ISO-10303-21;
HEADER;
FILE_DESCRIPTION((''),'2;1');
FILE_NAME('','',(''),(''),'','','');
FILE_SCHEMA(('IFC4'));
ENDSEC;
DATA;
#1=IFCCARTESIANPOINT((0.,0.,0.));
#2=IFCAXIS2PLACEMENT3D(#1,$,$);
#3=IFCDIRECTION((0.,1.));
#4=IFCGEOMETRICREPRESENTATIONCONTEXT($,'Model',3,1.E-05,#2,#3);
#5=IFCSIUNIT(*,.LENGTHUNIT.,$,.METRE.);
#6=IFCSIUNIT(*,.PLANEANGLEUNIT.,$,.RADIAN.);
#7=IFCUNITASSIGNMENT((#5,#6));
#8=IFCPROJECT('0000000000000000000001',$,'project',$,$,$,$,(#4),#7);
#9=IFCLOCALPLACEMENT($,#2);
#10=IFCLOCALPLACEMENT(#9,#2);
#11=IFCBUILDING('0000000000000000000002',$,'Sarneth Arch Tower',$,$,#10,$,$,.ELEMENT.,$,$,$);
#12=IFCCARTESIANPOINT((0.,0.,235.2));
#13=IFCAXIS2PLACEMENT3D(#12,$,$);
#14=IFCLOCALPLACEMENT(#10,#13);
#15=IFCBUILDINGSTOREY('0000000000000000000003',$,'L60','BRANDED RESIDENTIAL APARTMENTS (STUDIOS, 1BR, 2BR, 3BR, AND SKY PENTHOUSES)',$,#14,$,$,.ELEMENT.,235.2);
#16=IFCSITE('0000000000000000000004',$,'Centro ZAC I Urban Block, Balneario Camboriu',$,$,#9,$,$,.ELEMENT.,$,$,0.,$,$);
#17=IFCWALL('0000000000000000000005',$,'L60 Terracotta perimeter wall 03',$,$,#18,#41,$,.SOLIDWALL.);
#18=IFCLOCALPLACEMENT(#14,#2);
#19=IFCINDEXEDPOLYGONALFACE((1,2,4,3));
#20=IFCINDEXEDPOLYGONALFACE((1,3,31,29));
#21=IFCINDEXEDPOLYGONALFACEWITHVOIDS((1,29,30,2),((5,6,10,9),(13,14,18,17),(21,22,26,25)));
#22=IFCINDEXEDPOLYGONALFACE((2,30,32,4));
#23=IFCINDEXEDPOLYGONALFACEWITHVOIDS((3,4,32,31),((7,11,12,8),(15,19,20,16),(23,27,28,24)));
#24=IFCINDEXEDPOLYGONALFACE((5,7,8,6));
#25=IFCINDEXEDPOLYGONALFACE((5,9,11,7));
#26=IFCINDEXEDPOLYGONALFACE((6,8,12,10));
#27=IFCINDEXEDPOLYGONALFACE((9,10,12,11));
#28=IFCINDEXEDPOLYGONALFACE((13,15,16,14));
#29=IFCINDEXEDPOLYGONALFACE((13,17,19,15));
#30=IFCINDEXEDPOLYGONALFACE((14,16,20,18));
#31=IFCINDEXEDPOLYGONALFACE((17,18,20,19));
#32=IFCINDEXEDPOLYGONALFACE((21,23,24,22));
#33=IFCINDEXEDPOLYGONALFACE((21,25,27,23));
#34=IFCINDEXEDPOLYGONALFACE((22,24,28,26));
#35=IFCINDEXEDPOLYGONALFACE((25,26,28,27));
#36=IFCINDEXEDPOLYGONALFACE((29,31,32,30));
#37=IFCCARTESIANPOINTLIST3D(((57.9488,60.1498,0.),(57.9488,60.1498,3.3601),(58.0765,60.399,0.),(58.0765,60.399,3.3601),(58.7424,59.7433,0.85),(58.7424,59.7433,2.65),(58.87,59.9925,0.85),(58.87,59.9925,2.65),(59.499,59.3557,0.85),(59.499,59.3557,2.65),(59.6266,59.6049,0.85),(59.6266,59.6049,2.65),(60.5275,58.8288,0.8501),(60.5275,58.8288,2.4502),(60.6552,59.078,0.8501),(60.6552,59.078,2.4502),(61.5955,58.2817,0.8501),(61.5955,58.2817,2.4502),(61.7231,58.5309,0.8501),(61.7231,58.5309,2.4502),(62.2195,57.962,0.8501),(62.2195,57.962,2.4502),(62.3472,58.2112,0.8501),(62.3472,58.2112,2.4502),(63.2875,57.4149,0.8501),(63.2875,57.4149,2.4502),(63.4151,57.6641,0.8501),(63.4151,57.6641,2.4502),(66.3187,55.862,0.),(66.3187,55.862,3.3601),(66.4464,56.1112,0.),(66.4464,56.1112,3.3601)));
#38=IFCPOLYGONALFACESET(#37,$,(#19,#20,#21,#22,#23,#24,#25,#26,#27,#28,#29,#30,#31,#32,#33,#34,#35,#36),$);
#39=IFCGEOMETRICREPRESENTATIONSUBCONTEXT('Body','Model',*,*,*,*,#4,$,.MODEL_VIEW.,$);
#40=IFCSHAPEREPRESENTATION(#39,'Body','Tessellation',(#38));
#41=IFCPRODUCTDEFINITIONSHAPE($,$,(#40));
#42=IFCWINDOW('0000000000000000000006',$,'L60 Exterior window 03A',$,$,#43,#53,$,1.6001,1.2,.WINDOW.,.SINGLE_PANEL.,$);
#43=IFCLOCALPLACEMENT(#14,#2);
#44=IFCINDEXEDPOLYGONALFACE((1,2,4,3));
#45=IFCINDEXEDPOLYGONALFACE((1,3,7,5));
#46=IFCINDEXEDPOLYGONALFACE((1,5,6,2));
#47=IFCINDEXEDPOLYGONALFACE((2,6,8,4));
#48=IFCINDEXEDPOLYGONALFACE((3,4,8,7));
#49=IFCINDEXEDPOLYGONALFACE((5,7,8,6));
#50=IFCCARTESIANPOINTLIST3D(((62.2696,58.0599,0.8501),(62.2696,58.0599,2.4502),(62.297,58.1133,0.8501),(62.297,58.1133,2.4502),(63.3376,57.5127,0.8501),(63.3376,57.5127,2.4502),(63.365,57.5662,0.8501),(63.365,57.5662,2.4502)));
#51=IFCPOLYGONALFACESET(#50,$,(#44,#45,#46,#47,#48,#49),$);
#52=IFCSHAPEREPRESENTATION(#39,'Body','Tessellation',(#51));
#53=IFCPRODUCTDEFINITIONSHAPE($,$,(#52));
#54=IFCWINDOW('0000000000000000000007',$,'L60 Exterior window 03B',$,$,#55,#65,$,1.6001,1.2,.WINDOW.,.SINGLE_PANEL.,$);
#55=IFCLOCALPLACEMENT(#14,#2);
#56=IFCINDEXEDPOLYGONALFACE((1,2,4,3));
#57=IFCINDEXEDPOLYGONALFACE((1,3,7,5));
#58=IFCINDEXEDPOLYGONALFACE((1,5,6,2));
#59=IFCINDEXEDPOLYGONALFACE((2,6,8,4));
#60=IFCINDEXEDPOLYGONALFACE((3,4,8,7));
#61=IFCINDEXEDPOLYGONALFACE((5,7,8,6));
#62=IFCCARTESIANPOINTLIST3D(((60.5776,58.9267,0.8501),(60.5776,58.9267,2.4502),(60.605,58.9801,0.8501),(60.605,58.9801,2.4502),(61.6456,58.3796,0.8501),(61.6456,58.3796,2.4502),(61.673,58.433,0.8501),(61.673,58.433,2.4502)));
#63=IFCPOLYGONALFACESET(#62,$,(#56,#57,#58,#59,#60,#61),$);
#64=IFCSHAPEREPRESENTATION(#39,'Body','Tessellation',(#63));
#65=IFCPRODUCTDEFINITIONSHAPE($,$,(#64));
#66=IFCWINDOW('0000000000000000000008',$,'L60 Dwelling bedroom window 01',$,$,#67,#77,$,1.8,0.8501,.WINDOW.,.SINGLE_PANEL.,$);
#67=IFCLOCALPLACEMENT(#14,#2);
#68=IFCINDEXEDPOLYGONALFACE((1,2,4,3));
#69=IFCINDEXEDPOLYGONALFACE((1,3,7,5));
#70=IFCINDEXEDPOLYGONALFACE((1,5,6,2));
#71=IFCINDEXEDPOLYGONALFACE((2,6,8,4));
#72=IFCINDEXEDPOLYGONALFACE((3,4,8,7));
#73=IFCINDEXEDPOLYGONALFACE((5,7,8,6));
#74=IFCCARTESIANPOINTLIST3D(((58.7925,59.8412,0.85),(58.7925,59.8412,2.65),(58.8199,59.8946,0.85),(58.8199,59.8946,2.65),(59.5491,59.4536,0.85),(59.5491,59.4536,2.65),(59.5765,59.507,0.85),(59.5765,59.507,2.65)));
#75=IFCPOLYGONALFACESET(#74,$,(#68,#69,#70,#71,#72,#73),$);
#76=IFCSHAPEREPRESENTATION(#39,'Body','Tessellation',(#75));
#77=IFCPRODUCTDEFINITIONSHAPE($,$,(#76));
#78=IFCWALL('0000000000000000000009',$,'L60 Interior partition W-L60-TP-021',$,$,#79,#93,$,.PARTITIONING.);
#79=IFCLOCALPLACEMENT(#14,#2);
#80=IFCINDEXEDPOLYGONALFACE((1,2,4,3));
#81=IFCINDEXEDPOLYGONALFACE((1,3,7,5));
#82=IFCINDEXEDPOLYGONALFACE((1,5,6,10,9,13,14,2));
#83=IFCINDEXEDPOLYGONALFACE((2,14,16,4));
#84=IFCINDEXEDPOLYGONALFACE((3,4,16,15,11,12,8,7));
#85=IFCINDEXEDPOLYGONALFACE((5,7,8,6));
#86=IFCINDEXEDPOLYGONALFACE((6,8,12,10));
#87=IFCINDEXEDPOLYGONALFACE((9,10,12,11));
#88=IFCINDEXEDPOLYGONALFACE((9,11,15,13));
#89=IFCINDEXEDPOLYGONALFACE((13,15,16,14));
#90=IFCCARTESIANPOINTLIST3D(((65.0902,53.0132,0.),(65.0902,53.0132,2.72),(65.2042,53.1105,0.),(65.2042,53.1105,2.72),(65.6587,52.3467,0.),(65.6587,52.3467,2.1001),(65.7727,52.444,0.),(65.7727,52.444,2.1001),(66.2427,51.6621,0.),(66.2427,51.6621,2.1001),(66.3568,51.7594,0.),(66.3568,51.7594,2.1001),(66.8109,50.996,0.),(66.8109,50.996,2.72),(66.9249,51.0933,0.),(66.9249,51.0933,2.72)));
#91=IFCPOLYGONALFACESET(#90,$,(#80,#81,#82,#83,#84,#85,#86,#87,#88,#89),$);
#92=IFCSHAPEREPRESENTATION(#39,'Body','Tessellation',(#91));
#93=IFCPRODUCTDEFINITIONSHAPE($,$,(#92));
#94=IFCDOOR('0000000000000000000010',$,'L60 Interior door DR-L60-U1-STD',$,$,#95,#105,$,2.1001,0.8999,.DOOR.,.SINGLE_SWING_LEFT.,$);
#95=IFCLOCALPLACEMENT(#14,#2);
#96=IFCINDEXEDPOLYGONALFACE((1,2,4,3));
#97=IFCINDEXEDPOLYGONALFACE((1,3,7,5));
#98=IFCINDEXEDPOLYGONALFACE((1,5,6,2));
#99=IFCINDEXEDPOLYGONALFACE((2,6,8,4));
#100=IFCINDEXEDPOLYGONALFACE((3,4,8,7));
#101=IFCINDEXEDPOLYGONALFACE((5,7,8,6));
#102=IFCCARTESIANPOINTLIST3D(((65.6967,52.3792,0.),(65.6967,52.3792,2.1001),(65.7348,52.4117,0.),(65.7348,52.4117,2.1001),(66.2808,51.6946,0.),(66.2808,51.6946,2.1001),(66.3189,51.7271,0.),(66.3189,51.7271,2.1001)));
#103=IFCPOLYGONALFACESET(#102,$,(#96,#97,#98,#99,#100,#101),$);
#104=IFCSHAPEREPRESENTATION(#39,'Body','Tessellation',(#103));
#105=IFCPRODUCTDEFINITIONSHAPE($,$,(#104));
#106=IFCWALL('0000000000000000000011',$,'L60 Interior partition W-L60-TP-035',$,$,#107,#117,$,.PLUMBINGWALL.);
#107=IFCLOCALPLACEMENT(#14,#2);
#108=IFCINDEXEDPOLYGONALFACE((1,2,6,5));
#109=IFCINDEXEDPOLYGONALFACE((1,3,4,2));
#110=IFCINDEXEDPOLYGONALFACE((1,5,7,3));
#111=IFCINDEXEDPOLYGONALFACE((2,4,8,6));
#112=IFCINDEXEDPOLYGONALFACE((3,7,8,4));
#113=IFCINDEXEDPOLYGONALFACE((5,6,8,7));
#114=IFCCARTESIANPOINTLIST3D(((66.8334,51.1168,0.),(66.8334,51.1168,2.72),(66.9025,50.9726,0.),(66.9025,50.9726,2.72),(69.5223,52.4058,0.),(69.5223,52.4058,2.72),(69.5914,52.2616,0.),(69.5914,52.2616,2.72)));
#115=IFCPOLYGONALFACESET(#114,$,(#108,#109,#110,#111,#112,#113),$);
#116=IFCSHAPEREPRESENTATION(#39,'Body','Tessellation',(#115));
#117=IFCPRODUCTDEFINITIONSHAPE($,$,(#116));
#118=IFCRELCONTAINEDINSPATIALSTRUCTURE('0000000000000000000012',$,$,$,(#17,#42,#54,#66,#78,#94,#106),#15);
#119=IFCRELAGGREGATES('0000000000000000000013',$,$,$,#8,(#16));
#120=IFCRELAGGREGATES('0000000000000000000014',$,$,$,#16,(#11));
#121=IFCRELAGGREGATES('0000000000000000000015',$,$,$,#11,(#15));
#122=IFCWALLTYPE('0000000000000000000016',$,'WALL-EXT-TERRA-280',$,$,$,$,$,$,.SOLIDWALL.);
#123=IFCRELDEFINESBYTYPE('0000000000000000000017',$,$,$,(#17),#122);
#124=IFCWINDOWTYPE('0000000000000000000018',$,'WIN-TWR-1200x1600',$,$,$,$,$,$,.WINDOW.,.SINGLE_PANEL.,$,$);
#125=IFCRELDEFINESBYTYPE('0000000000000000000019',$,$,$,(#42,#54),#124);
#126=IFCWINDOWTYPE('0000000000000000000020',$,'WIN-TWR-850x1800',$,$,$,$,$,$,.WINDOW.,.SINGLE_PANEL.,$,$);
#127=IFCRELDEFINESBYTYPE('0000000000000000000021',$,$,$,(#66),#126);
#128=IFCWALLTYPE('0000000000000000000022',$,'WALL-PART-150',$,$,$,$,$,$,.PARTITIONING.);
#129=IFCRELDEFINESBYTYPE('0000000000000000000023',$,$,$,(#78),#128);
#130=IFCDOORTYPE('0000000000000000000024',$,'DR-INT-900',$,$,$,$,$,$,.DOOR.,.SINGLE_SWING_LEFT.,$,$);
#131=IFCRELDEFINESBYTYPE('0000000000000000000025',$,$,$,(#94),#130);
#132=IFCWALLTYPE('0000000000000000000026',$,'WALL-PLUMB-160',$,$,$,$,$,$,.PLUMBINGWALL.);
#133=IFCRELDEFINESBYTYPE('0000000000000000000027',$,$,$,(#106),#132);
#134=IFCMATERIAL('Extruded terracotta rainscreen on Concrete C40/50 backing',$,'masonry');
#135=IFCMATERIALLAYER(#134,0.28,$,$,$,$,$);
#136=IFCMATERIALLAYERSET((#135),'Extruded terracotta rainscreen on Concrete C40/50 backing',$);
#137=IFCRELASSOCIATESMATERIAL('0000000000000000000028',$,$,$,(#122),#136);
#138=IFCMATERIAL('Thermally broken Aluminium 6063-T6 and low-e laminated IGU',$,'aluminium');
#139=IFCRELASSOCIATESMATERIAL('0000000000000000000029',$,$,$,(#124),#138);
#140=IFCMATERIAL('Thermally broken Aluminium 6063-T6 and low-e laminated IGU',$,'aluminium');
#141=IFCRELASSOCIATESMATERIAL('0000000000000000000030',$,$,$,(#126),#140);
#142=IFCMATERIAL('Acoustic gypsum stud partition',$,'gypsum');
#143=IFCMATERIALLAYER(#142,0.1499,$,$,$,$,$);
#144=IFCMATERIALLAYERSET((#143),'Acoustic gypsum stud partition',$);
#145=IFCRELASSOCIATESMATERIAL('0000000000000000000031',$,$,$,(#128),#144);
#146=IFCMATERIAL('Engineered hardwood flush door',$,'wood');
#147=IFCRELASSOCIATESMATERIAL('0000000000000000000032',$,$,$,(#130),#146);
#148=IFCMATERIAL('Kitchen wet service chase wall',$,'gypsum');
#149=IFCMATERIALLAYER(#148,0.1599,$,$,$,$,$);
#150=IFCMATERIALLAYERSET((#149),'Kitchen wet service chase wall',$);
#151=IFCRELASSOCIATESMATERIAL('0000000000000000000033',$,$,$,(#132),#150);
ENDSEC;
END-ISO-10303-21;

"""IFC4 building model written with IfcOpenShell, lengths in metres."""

from ifc_helpers import new_model, si_unit, direction, frame, frame_2d, origin, place, context, subcontext, project, spatial, rectangle, extrude, material, layer, layer_set, type_object, element, fill, save


model = new_model("IFC4")

# Units and contexts
model_context = context("Model", 3, precision=1e-05, world=origin(), true_north=direction((0.0, 1.0)))
body_context = subcontext(model_context, "Body", "Model", "MODEL_VIEW")
ifc_project = project(units=[si_unit("LENGTHUNIT", "METRE"), si_unit("PLANEANGLEUNIT", "RADIAN")], contexts=[model_context])

# Site, building, storey
site_placement = place(None, origin())
site = spatial("IfcSite", under=ifc_project, at=site_placement, Name="Centro ZAC I Urban Block, Balneario Camboriu", CompositionType="ELEMENT", RefElevation=0.0)
building_placement = place(site_placement, origin())
building = spatial("IfcBuilding", under=site, at=building_placement, Name="Sarneth Arch Tower", CompositionType="ELEMENT")
storey_placement = place(building_placement, frame((0.0, 0.0, 235.2)))
storey = spatial("IfcBuildingStorey", under=building, at=storey_placement, Name="L60", Description="BRANDED RESIDENTIAL APARTMENTS (STUDIOS, 1BR, 2BR, 3BR, AND SKY PENTHOUSES)", CompositionType="ELEMENT", Elevation=235.2)

# Wall, openings, windows
ifc_material_1 = material(Name="Extruded terracotta rainscreen on Concrete C40/50 backing", Category="masonry")
ifc_layer_1 = layer(ifc_material_1, 0.28)
ifc_layer_set_1 = layer_set([ifc_layer_1], Name="Extruded terracotta rainscreen on Concrete C40/50 backing")
wall_type_1 = type_object("IfcWallType", Name="WALL-EXT-TERRA-280", PredefinedType="SOLIDWALL", material=ifc_layer_set_1)
wall_1_placement = place(storey_placement, frame((66.3826, 55.9866, 0.0), z_axis=(0.0, 0.0, 1.0), x_axis=(-0.890007, 0.455946, 0.0)))
wall_1 = element("IfcWall", 1, at=wall_1_placement, inside=storey, type_object=wall_type_1, Name="L60 Terracotta perimeter wall 03", PredefinedType="SOLIDWALL", context=body_context, shape_type="SweptSolid", body=[
    extrude(rectangle(XDim=9.4043, YDim=0.28, at=frame_2d((4.7021, 0.0))), origin(), (0.0, 0.0, 1.0), 3.3601),
])
opening_1_placement = place(wall_1_placement, frame((3.4058, 0.0, 0.8501)))
opening_1 = element("IfcOpeningElement", 2, at=opening_1_placement, cuts=wall_1, PredefinedType="OPENING", context=body_context, shape_type="SweptSolid", body=[
    extrude(rectangle(XDim=1.2, YDim=1.6001, at=frame_2d((0.6001, 0.8))), frame((0.0, 0.1499, 0.0), z_axis=(0.0, -1.0, 0.0), x_axis=(1.0, 0.0, 0.0)), (0.0, 0.0, 1.0), 0.3),
])
opening_2_placement = place(wall_1_placement, frame((5.3069, 0.0, 0.8501)))
opening_2 = element("IfcOpeningElement", 3, at=opening_2_placement, cuts=wall_1, PredefinedType="OPENING", context=body_context, shape_type="SweptSolid", body=[
    extrude(rectangle(XDim=1.2, YDim=1.6001, at=frame_2d((0.6001, 0.8))), frame((0.0, 0.1499, 0.0), z_axis=(0.0, -1.0, 0.0), x_axis=(1.0, 0.0, 0.0)), (0.0, 0.0, 1.0), 0.3),
])
opening_3_placement = place(wall_1_placement, frame((7.6626, 0.0, 0.8501)))
opening_3 = element("IfcOpeningElement", 4, at=opening_3_placement, cuts=wall_1, PredefinedType="OPENING", context=body_context, shape_type="SweptSolid", body=[
    extrude(rectangle(XDim=0.8501, YDim=1.8, at=frame_2d((0.425, 0.8999))), frame((0.0, 0.1499, 0.0), z_axis=(0.0, -1.0, 0.0), x_axis=(1.0, 0.0, 0.0)), (0.0, 0.0, 1.0), 0.3),
])
ifc_material_2 = material(Name="Thermally broken Aluminium 6063-T6 and low-e laminated IGU", Category="aluminium")
window_type_1 = type_object("IfcWindowType", Name="WIN-TWR-1200x1600", PartitioningType="SINGLE_PANEL", PredefinedType="WINDOW", material=ifc_material_2)
window_1_placement = place(opening_1_placement, origin())
window_1 = element("IfcWindow", 5, at=window_1_placement, inside=storey, type_object=window_type_1, Name="L60 Exterior window 03A", OverallHeight=1.6001, OverallWidth=1.2, PartitioningType="SINGLE_PANEL", PredefinedType="WINDOW", context=body_context, shape_type="SweptSolid", body=[
    extrude(rectangle(XDim=1.2, YDim=1.6001, at=frame_2d((0.6001, 0.8))), frame((0.0, 0.03, 0.0), z_axis=(0.0, -1.0, 0.0), x_axis=(1.0, 0.0, 0.0)), (0.0, 0.0, 1.0), 0.0601),
])
fill(opening_1, window_1)
window_2_placement = place(opening_2_placement, origin())
window_2 = element("IfcWindow", 6, at=window_2_placement, inside=storey, type_object=window_type_1, Name="L60 Exterior window 03B", OverallHeight=1.6001, OverallWidth=1.2, PartitioningType="SINGLE_PANEL", PredefinedType="WINDOW", context=body_context, shape_type="SweptSolid", body=[
    extrude(rectangle(XDim=1.2, YDim=1.6001, at=frame_2d((0.6001, 0.8))), frame((0.0, 0.03, 0.0), z_axis=(0.0, -1.0, 0.0), x_axis=(1.0, 0.0, 0.0)), (0.0, 0.0, 1.0), 0.0601),
])
fill(opening_2, window_2)
ifc_material_3 = material(Name="Thermally broken Aluminium 6063-T6 and low-e laminated IGU", Category="aluminium")
window_type_2 = type_object("IfcWindowType", Name="WIN-TWR-850x1800", PartitioningType="SINGLE_PANEL", PredefinedType="WINDOW", material=ifc_material_3)
window_3_placement = place(opening_3_placement, origin())
window_3 = element("IfcWindow", 7, at=window_3_placement, inside=storey, type_object=window_type_2, Name="L60 Dwelling bedroom window 01", OverallHeight=1.8, OverallWidth=0.8501, PartitioningType="SINGLE_PANEL", PredefinedType="WINDOW", context=body_context, shape_type="SweptSolid", body=[
    extrude(rectangle(XDim=0.8501, YDim=1.8, at=frame_2d((0.425, 0.8999))), frame((0.0, 0.03, 0.0), z_axis=(0.0, -1.0, 0.0), x_axis=(1.0, 0.0, 0.0)), (0.0, 0.0, 1.0), 0.0601),
])
fill(opening_3, window_3)

# Wall, opening, door
ifc_material_4 = material(Name="Acoustic gypsum stud partition", Category="gypsum")
ifc_layer_2 = layer(ifc_material_4, 0.1499)
ifc_layer_set_2 = layer_set([ifc_layer_2], Name="Acoustic gypsum stud partition")
wall_type_2 = type_object("IfcWallType", Name="WALL-PART-150", PredefinedType="PARTITIONING", material=ifc_layer_set_2)
wall_2_placement = place(storey_placement, frame((66.8679, 51.0447, 0.0), z_axis=(0.0, 0.0, 1.0), x_axis=(-0.649, 0.760788, 0.0)))
wall_2 = element("IfcWall", 8, at=wall_2_placement, inside=storey, type_object=wall_type_2, Name="L60 Interior partition W-L60-TP-021", PredefinedType="PARTITIONING", context=body_context, shape_type="SweptSolid", body=[
    extrude(rectangle(XDim=2.6514, YDim=0.1499, at=frame_2d((1.3257, 0.0))), origin(), (0.0, 0.0, 1.0), 2.72),
])
opening_4_placement = place(wall_2_placement, frame((0.8755, 0.0, 0.0)))
opening_4 = element("IfcOpeningElement", 9, at=opening_4_placement, cuts=wall_2, PredefinedType="OPENING", context=body_context, shape_type="SweptSolid", body=[
    extrude(rectangle(XDim=0.8999, YDim=2.1001, at=frame_2d((0.45, 1.05))), frame((0.0, 0.085, 0.0), z_axis=(0.0, -1.0, 0.0), x_axis=(1.0, 0.0, 0.0)), (0.0, 0.0, 1.0), 0.1699),
])
ifc_material_5 = material(Name="Engineered hardwood flush door", Category="wood")
door_type = type_object("IfcDoorType", Name="DR-INT-900", OperationType="SINGLE_SWING_LEFT", PredefinedType="DOOR", material=ifc_material_5)
door_placement = place(opening_4_placement, origin())
door = element("IfcDoor", 10, at=door_placement, inside=storey, type_object=door_type, Name="L60 Interior door DR-L60-U1-STD", OperationType="SINGLE_SWING_LEFT", OverallHeight=2.1001, OverallWidth=0.8999, PredefinedType="DOOR", context=body_context, shape_type="SweptSolid", body=[
    extrude(rectangle(XDim=0.8999, YDim=2.1001, at=frame_2d((0.45, 1.05))), frame((0.0, 0.0249, 0.0), z_axis=(0.0, -1.0, 0.0), x_axis=(1.0, 0.0, 0.0)), (0.0, 0.0, 1.0), 0.05),
])
fill(opening_4, door)

# Wall
ifc_material_6 = material(Name="Kitchen wet service chase wall", Category="gypsum")
ifc_layer_3 = layer(ifc_material_6, 0.1599)
ifc_layer_set_3 = layer_set([ifc_layer_3], Name="Kitchen wet service chase wall")
wall_type_3 = type_object("IfcWallType", Name="WALL-PLUMB-160", PredefinedType="PLUMBINGWALL", material=ifc_layer_set_3)
wall_3_placement = place(storey_placement, frame((66.8679, 51.0447, 0.0), z_axis=(0.0, 0.0, 1.0), x_axis=(0.901738, 0.432284, 0.0)))
element("IfcWall", 11, at=wall_3_placement, inside=storey, type_object=wall_type_3, Name="L60 Interior partition W-L60-TP-035", PredefinedType="PLUMBINGWALL", context=body_context, shape_type="SweptSolid", body=[
    extrude(rectangle(XDim=2.9819, YDim=0.1599, at=frame_2d((1.491, 0.0))), origin(), (0.0, 0.0, 1.0), 2.72),
])

save(model, "model.ifc")
